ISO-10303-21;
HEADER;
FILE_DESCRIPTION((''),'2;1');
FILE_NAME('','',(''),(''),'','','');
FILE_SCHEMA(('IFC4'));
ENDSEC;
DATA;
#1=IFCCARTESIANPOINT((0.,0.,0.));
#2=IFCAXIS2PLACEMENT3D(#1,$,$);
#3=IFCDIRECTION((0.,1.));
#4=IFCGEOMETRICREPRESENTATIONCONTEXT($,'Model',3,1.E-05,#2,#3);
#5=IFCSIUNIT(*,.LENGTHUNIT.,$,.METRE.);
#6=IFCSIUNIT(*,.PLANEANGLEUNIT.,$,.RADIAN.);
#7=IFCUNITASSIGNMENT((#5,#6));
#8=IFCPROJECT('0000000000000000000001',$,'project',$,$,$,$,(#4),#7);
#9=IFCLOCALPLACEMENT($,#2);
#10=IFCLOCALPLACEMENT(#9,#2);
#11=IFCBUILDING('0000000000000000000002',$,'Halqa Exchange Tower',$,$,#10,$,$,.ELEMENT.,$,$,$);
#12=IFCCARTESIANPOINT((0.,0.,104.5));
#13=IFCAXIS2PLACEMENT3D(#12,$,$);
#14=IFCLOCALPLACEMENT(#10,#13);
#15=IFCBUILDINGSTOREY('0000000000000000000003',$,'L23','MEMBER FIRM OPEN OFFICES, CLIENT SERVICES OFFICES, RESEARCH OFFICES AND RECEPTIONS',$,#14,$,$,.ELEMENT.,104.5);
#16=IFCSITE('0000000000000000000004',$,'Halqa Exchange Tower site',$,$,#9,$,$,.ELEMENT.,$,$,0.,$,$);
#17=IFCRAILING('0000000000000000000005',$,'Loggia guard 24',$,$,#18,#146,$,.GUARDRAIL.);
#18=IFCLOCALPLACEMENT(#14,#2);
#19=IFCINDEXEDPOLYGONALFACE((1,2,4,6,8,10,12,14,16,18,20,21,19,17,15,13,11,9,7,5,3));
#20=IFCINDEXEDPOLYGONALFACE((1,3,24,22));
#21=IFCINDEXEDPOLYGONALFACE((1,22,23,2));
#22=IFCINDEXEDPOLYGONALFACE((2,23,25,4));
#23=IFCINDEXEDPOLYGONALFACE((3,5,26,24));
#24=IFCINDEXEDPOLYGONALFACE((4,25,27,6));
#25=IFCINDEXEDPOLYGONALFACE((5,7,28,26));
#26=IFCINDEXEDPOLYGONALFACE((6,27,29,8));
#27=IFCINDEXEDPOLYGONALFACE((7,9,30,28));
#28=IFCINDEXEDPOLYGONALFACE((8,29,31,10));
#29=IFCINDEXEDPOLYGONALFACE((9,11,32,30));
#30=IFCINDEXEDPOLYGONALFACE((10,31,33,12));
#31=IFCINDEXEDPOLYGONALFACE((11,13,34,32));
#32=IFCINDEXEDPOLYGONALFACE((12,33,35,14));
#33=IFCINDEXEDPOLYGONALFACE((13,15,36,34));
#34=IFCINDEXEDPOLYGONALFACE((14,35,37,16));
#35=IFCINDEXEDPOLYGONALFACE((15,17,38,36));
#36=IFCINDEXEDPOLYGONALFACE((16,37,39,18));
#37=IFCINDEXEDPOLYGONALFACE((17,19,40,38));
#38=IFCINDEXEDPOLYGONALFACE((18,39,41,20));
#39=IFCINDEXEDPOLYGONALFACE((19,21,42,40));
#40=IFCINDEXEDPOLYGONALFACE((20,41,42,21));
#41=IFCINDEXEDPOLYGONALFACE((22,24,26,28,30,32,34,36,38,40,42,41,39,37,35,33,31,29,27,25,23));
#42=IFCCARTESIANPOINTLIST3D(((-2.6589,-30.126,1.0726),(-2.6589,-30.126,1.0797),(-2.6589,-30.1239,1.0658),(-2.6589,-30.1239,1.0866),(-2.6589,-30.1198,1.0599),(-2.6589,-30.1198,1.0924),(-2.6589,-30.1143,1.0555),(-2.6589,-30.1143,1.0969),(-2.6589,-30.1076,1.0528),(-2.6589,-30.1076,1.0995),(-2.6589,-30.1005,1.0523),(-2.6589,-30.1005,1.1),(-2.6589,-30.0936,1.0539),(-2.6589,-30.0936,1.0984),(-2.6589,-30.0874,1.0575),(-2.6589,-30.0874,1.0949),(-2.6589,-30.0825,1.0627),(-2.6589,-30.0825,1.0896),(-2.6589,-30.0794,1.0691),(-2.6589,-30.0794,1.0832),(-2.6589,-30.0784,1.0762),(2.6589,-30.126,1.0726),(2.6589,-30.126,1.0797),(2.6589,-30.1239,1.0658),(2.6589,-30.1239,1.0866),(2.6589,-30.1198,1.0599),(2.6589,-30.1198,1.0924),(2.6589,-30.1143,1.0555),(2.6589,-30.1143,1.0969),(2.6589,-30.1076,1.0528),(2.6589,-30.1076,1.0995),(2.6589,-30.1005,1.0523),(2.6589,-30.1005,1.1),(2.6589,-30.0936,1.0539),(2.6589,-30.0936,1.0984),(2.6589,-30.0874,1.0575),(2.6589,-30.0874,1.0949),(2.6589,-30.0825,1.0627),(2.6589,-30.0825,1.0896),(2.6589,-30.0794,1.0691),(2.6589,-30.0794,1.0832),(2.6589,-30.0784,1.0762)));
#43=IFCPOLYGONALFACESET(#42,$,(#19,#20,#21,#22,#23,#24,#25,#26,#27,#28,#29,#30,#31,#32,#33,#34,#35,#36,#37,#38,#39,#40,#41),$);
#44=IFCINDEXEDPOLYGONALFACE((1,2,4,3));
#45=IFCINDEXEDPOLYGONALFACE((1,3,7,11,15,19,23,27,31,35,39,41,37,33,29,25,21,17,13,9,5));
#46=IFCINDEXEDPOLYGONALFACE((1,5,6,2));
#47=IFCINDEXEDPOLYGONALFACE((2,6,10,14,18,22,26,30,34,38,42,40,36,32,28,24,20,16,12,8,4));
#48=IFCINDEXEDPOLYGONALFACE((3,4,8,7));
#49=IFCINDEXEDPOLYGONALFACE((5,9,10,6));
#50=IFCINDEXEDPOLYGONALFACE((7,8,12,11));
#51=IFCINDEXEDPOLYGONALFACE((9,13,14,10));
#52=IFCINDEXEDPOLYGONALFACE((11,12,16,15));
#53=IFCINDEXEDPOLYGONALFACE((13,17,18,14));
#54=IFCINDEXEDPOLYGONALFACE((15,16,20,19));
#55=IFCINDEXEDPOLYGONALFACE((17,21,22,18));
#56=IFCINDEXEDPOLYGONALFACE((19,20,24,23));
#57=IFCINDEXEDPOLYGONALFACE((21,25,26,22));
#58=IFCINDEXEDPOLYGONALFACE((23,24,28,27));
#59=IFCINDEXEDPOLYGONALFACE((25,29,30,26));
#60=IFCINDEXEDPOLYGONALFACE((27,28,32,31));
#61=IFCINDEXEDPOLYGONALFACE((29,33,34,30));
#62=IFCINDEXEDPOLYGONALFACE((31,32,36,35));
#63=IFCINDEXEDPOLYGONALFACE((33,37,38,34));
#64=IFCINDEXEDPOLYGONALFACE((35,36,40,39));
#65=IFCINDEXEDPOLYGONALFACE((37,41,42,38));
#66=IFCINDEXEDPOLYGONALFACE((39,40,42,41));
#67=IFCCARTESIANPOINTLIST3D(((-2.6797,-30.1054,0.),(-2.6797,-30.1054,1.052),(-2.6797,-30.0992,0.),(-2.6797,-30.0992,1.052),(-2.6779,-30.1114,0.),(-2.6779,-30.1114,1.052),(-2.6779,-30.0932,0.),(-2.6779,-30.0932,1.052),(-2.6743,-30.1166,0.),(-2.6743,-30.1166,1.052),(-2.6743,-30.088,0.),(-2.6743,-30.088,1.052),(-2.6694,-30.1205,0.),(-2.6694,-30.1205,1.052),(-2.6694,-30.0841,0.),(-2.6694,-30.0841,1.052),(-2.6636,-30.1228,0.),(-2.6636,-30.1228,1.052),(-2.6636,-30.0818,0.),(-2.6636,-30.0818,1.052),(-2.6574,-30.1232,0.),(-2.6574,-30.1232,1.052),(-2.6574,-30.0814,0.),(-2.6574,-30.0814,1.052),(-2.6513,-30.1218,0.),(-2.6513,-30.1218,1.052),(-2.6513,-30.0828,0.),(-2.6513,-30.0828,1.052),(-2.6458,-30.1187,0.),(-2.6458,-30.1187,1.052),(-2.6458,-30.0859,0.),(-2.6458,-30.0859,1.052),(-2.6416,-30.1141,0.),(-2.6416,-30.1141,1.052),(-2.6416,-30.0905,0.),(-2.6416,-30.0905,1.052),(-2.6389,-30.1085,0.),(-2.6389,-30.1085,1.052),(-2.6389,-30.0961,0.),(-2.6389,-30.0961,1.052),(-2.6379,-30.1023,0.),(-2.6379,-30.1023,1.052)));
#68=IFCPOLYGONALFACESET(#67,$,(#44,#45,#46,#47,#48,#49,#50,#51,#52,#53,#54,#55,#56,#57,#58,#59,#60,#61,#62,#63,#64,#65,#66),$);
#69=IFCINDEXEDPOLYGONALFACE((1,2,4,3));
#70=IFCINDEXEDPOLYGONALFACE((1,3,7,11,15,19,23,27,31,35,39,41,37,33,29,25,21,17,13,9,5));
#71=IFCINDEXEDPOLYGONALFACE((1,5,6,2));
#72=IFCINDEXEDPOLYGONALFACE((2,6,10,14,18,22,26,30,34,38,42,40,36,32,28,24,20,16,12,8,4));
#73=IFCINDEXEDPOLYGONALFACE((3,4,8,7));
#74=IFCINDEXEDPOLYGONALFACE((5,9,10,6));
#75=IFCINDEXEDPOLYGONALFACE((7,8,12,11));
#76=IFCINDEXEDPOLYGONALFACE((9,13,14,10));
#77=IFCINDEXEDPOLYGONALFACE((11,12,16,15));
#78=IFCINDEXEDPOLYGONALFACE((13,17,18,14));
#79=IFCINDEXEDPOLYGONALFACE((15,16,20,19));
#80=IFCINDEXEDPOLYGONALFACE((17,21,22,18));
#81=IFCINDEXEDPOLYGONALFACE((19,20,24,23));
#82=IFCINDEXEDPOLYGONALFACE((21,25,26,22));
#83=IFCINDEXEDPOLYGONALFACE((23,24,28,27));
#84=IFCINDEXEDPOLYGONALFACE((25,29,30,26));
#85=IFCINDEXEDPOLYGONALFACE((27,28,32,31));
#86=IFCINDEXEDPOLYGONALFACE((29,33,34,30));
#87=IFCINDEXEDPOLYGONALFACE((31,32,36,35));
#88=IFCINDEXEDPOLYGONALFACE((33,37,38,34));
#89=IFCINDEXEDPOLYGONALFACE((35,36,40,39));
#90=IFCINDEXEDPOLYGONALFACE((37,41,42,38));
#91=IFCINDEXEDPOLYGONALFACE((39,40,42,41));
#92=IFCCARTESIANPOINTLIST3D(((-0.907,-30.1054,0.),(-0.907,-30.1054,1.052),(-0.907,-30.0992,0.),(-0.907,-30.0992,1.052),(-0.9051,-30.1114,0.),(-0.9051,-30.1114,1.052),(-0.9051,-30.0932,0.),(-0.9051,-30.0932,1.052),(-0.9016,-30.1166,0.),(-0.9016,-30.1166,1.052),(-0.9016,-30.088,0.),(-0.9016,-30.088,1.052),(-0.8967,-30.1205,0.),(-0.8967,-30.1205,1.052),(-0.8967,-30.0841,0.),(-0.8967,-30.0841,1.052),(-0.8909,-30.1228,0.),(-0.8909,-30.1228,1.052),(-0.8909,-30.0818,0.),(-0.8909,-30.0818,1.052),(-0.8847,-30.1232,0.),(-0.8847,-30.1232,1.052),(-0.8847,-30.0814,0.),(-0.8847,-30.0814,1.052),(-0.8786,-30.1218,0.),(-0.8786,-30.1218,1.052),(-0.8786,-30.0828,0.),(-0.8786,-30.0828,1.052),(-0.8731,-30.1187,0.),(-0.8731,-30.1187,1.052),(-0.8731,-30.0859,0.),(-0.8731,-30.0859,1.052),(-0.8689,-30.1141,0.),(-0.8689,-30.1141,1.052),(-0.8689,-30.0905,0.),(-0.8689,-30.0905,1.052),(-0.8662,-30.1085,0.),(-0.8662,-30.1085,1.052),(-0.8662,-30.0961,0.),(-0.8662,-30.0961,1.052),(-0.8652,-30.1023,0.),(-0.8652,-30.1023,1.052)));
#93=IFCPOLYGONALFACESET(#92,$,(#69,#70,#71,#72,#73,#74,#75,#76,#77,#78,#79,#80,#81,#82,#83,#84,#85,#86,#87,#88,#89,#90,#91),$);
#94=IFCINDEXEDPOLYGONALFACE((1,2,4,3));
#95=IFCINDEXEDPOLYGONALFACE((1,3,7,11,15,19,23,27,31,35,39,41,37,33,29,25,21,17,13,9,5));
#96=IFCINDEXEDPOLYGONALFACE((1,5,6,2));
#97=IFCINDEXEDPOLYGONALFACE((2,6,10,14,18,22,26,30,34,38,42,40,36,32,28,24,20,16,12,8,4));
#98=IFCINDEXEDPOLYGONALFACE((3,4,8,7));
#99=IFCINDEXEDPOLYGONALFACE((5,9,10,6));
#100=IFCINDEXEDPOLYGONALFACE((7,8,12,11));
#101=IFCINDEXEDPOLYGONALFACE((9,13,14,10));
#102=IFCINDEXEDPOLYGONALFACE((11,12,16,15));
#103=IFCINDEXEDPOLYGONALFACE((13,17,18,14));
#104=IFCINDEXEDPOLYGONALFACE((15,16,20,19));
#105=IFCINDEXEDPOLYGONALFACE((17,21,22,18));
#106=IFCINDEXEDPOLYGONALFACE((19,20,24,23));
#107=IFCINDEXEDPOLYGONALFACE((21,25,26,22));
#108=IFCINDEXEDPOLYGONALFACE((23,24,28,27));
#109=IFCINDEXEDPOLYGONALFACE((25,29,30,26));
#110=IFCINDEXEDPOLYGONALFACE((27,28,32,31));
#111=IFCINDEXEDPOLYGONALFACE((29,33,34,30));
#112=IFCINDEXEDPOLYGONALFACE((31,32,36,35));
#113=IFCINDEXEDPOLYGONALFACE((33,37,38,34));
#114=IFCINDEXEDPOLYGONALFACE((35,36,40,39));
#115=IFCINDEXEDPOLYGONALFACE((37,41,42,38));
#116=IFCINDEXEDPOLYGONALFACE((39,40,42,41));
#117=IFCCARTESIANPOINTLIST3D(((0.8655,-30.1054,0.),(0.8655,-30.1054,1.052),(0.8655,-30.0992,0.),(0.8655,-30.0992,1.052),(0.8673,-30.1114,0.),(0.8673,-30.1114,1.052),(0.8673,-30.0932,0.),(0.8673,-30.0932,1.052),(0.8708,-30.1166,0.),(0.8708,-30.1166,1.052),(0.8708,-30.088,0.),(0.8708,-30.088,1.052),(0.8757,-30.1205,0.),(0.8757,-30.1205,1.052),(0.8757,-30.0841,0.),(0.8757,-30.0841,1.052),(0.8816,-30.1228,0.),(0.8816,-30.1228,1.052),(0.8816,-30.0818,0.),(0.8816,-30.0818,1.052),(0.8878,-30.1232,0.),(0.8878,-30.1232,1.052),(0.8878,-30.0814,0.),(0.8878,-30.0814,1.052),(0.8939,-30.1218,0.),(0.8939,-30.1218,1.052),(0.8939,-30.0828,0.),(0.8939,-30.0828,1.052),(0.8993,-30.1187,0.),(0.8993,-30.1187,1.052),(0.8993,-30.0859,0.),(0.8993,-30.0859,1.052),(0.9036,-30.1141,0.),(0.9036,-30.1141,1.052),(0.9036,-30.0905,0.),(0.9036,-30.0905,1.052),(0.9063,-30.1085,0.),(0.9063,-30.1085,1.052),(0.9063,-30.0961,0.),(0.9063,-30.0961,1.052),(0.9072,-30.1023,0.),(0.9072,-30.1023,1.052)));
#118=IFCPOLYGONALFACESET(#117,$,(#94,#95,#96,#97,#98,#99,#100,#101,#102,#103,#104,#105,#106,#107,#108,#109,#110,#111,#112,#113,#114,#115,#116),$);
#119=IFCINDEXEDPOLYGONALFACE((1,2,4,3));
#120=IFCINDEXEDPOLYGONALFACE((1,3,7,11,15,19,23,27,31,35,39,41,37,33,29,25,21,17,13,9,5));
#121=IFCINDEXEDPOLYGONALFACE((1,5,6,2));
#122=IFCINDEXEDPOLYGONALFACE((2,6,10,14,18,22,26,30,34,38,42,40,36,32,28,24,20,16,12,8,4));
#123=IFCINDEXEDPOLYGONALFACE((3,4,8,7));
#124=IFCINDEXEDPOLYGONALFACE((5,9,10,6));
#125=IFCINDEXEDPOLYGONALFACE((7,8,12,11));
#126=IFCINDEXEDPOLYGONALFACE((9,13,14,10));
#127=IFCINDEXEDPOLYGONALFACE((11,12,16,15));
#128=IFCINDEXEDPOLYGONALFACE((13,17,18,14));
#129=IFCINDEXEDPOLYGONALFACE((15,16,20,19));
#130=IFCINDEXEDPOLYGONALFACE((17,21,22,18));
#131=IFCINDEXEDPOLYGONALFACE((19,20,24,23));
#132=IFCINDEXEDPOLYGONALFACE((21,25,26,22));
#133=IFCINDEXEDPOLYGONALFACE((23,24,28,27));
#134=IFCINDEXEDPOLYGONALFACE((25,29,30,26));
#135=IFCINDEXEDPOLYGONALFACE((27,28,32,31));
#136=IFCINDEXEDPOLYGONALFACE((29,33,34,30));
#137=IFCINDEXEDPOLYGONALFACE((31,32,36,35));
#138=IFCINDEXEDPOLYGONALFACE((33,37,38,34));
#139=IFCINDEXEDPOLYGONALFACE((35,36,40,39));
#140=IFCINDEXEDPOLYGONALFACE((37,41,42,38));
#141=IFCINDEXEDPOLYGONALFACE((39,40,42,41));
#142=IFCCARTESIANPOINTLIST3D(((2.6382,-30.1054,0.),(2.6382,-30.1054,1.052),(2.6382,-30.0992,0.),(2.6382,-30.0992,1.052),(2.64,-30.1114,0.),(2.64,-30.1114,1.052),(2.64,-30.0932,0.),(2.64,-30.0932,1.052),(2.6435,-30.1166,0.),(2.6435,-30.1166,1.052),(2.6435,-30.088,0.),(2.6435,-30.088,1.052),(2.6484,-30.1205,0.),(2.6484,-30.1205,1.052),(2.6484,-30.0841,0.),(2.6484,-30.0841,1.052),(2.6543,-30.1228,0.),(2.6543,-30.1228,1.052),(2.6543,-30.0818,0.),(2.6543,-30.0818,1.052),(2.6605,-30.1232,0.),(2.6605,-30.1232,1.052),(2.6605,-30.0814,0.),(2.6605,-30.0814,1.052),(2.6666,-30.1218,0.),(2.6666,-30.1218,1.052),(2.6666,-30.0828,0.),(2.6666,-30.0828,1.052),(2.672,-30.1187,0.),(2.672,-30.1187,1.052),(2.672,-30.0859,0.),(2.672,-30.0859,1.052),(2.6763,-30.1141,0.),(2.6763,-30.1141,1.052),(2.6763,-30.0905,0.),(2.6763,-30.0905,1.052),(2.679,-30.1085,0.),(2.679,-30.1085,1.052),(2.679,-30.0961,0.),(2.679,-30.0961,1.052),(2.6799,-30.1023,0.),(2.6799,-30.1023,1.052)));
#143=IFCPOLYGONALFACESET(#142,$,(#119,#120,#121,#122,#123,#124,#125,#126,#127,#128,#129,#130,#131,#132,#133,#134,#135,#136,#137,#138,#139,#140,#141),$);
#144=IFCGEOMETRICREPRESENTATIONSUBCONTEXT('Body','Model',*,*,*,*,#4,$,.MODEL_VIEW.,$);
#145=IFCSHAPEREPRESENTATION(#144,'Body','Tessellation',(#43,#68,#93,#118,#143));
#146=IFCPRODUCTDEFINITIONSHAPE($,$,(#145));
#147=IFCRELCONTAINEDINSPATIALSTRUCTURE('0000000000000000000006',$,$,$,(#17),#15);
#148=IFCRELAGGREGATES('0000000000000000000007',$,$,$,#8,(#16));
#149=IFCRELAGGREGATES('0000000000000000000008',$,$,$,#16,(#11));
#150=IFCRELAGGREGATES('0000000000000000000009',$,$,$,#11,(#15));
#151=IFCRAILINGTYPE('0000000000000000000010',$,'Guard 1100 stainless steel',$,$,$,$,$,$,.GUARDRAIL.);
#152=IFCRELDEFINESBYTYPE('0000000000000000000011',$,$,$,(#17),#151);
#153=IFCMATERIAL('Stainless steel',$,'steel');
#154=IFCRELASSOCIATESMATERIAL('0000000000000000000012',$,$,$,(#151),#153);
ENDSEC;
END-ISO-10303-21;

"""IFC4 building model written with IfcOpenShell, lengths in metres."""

from ifc_helpers import new_model, si_unit, direction, frame, origin, origin_2d, place, context, subcontext, project, spatial, circle, extrude, material, type_object, element, save


model = new_model("IFC4")

# Units and contexts
model_context = context("Model", 3, precision=1e-05, world=origin(), true_north=direction((0.0, 1.0)))
body_context = subcontext(model_context, "Body", "Model", "MODEL_VIEW")
ifc_project = project(units=[si_unit("LENGTHUNIT", "METRE"), si_unit("PLANEANGLEUNIT", "RADIAN")], contexts=[model_context])

# Site, building, storey
site_placement = place(None, origin())
site = spatial("IfcSite", under=ifc_project, at=site_placement, Name="Halqa Exchange Tower site", CompositionType="ELEMENT", RefElevation=0.0)
building_placement = place(site_placement, origin())
building = spatial("IfcBuilding", under=site, at=building_placement, Name="Halqa Exchange Tower", CompositionType="ELEMENT")
storey_placement = place(building_placement, frame((0.0, 0.0, 104.5)))
storey = spatial("IfcBuildingStorey", under=building, at=storey_placement, Name="L23", Description="MEMBER FIRM OPEN OFFICES, CLIENT SERVICES OFFICES, RESEARCH OFFICES AND RECEPTIONS", CompositionType="ELEMENT", Elevation=104.5)

# Railing
ifc_material_1 = material(Name="Stainless steel", Category="steel")
railing_type = type_object("IfcRailingType", Name="Guard 1100 stainless steel", PredefinedType="GUARDRAIL", material=ifc_material_1)
railing_1_placement = place(storey_placement, frame((-2.6589, -30.1023, 0.0)))
element("IfcRailing", 1, at=railing_1_placement, inside=storey, type_object=railing_type, Name="Loggia guard 24", PredefinedType="GUARDRAIL", context=body_context, shape_type="SweptSolid", body=[
    extrude(circle(Radius=0.0239, at=origin_2d()), frame((0.0, 0.0, 1.0762), z_axis=(1.0, 0.0, 0.0), x_axis=(0.0, 1.0, 0.0)), (0.0, 0.0, 1.0), 5.3179),
    extrude(circle(Radius=0.021, at=origin_2d()), origin(), (0.0, 0.0, 1.0), 1.052),
    extrude(circle(Radius=0.021, at=origin_2d()), frame((1.7727, 0.0, 0.0)), (0.0, 0.0, 1.0), 1.052),
    extrude(circle(Radius=0.021, at=origin_2d()), frame((3.5452, 0.0, 0.0)), (0.0, 0.0, 1.0), 1.052),
    extrude(circle(Radius=0.021, at=origin_2d()), frame((5.3179, 0.0, 0.0)), (0.0, 0.0, 1.0), 1.052),
])

save(model, "model.ifc")
